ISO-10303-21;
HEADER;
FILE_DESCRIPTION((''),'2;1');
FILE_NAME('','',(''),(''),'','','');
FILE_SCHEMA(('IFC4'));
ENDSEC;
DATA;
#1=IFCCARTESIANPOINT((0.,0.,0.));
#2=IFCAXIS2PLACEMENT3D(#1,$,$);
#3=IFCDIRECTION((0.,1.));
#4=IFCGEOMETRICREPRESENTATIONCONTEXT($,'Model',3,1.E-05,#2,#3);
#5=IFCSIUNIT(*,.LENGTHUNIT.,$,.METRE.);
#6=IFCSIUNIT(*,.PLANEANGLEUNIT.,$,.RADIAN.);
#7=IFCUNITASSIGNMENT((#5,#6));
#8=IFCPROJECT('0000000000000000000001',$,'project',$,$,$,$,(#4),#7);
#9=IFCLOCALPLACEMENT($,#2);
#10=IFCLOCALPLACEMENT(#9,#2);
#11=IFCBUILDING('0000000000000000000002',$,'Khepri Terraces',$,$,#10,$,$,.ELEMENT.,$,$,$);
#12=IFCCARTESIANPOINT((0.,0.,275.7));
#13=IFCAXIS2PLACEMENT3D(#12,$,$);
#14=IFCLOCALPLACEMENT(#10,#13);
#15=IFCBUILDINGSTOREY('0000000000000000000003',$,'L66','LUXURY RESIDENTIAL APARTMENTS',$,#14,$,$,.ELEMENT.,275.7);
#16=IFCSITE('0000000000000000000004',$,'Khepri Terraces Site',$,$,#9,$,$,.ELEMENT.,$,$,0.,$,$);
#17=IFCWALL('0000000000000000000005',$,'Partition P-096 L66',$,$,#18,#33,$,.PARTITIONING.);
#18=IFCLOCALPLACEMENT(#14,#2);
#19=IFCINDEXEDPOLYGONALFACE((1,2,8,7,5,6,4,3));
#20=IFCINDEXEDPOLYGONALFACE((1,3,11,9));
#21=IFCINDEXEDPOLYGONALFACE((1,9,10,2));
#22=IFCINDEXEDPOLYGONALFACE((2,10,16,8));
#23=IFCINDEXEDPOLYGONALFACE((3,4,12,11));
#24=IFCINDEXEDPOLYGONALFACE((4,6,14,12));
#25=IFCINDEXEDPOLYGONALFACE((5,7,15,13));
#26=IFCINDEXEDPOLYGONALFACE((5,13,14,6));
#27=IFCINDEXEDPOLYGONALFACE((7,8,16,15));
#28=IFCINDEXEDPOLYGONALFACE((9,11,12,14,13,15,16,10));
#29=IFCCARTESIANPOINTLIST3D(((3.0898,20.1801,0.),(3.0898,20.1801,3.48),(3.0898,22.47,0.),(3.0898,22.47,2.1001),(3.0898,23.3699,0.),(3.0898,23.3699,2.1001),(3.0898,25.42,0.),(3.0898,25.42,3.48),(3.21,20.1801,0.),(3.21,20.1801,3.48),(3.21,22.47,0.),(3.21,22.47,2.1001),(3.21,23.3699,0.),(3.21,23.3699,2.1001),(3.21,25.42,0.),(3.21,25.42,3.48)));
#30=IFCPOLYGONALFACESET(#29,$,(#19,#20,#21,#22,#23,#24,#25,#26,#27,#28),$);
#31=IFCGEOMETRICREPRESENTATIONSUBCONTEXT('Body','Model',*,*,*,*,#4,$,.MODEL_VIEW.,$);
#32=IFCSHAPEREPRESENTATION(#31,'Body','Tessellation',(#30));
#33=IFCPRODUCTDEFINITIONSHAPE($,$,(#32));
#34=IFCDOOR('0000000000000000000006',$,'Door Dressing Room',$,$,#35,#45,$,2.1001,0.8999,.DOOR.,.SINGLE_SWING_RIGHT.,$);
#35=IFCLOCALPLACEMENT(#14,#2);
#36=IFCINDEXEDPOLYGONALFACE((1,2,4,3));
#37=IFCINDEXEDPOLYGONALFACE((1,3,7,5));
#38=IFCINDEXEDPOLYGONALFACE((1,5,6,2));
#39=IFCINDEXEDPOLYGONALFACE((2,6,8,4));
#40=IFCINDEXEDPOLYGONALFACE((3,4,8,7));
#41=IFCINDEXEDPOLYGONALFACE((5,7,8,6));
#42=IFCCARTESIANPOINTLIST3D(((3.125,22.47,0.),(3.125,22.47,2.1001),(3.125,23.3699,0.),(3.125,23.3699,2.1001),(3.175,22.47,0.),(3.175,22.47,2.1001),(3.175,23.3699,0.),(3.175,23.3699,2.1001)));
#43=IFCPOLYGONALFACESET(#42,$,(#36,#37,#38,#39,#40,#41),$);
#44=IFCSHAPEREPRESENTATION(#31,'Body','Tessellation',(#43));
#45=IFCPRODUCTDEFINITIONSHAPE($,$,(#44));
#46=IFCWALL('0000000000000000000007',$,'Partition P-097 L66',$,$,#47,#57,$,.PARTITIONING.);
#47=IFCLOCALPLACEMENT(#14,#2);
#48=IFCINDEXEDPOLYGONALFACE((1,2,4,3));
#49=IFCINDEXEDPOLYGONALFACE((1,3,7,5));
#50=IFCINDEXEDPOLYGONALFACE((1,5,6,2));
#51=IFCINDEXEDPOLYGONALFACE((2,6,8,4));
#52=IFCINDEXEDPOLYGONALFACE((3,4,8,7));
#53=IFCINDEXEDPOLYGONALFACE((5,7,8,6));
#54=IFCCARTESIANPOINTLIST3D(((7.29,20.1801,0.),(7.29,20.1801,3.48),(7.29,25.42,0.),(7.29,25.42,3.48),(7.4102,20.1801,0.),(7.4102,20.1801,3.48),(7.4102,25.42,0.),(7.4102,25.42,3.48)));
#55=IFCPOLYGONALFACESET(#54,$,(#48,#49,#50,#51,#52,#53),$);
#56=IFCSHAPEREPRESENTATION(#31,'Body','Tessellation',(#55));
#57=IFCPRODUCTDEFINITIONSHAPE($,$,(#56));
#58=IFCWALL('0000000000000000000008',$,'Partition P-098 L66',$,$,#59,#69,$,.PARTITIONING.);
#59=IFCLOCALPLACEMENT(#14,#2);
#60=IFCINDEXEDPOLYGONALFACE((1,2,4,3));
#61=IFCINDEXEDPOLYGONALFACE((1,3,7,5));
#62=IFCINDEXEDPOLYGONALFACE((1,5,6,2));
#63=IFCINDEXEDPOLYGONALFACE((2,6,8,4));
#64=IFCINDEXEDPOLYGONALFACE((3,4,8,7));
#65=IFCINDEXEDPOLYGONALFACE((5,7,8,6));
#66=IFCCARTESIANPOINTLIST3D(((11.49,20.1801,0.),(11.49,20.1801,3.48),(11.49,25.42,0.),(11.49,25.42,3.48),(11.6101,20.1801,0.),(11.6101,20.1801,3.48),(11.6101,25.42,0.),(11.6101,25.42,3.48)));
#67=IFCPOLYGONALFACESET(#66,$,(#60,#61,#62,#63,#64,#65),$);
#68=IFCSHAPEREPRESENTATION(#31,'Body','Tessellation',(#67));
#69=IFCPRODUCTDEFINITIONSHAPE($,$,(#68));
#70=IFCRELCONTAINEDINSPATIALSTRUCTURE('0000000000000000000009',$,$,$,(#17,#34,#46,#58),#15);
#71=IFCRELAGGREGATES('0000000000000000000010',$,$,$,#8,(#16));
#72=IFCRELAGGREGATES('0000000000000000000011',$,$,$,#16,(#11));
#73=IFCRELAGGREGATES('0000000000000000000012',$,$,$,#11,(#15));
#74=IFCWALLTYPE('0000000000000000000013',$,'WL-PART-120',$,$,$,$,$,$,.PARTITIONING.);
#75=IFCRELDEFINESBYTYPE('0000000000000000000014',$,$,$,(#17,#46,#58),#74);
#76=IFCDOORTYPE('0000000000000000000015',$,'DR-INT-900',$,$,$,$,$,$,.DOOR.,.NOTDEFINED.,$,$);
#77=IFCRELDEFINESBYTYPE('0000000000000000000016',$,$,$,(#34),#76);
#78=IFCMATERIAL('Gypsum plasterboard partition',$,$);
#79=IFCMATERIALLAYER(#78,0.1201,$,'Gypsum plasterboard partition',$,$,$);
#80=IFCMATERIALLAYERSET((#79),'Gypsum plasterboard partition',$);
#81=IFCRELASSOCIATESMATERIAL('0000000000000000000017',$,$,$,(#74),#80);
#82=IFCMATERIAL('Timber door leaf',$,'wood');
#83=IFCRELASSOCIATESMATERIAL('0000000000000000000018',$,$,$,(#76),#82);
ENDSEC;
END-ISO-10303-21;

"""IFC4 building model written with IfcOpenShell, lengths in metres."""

from ifc_helpers import new_model, si_unit, direction, frame, frame_2d, origin, place, context, subcontext, project, spatial, rectangle, extrude, material, layer, layer_set, type_object, element, fill, save


model = new_model("IFC4")

# Units and contexts
model_context = context("Model", 3, precision=1e-05, world=origin(), true_north=direction((0.0, 1.0)))
body_context = subcontext(model_context, "Body", "Model", "MODEL_VIEW")
ifc_project = project(units=[si_unit("LENGTHUNIT", "METRE"), si_unit("PLANEANGLEUNIT", "RADIAN")], contexts=[model_context])

# Site, building, storey
site_placement = place(None, origin())
site = spatial("IfcSite", under=ifc_project, at=site_placement, Name="Khepri Terraces Site", CompositionType="ELEMENT", RefElevation=0.0)
building_placement = place(site_placement, origin())
building = spatial("IfcBuilding", under=site, at=building_placement, Name="Khepri Terraces", CompositionType="ELEMENT")
storey_placement = place(building_placement, frame((0.0, 0.0, 275.7)))
storey = spatial("IfcBuildingStorey", under=building, at=storey_placement, Name="L66", Description="LUXURY RESIDENTIAL APARTMENTS", CompositionType="ELEMENT", Elevation=275.7)

# Shared definitions
ifc_material_1 = material(Name="Gypsum plasterboard partition")
ifc_layer_1 = layer(ifc_material_1, 0.1201, Name="Gypsum plasterboard partition")
ifc_layer_set_1 = layer_set([ifc_layer_1], Name="Gypsum plasterboard partition")
wall_type_1 = type_object("IfcWallType", Name="WL-PART-120", PredefinedType="PARTITIONING", material=ifc_layer_set_1)

# Wall, opening, door
ifc_material_2 = material(Name="Timber door leaf", Category="wood")
door_type_1 = type_object("IfcDoorType", Name="DR-INT-900", OperationType="NOTDEFINED", PredefinedType="DOOR", material=ifc_material_2)
wall_1_placement = place(storey_placement, frame((3.1499, 20.1799, 0.0), z_axis=(0.0, 0.0, 1.0), x_axis=(0.0, 1.0, 0.0)))
wall_1 = element("IfcWall", 1, at=wall_1_placement, inside=storey, type_object=wall_type_1, Name="Partition P-096 L66", PredefinedType="PARTITIONING", context=body_context, shape_type="SweptSolid", body=[
    extrude(rectangle(XDim=5.24, YDim=0.1201, at=frame_2d((2.6201, 0.0))), origin(), (0.0, 0.0, 1.0), 3.48),
])
opening_1_placement = place(wall_1_placement, frame((2.29, 0.0, 0.0)))
opening_1 = element("IfcOpeningElement", 2, at=opening_1_placement, cuts=wall_1, PredefinedType="OPENING", context=body_context, shape_type="SweptSolid", body=[
    extrude(rectangle(XDim=0.8999, YDim=2.1001, at=frame_2d((0.45, 1.05))), frame((0.0, 0.0701, 0.0), z_axis=(0.0, -1.0, 0.0), x_axis=(1.0, 0.0, 0.0)), (0.0, 0.0, 1.0), 0.1401),
])
door_1_placement = place(opening_1_placement, origin())
door_1 = element("IfcDoor", 3, at=door_1_placement, inside=storey, type_object=door_type_1, Name="Door Dressing Room", OperationType="SINGLE_SWING_RIGHT", OverallHeight=2.1001, OverallWidth=0.8999, PredefinedType="DOOR", context=body_context, shape_type="SweptSolid", body=[
    extrude(rectangle(XDim=0.8999, YDim=2.1001, at=frame_2d((0.45, 1.05))), frame((0.0, 0.0249, 0.0), z_axis=(0.0, -1.0, 0.0), x_axis=(1.0, 0.0, 0.0)), (0.0, 0.0, 1.0), 0.05),
])
fill(opening_1, door_1)

# Walls
for number, where, z_axis, x_axis, name in (
    (4, (7.3501, 20.1799, 0.0), (0.0, 0.0, 1.0), (0.0, 1.0, 0.0), "Partition P-097 L66"),
    (5, (11.55, 20.1799, 0.0), (0.0, 0.0, 1.0), (0.0, 1.0, 0.0), "Partition P-098 L66"),
):
    element("IfcWall", number, at=place(storey_placement, frame(where, z_axis=z_axis, x_axis=x_axis)), inside=storey, type_object=wall_type_1, Name=name, PredefinedType="PARTITIONING", context=body_context, shape_type="SweptSolid", body=[
        extrude(rectangle(XDim=5.24, YDim=0.1201, at=frame_2d((2.6201, 0.0))), origin(), (0.0, 0.0, 1.0), 3.48),
    ])

save(model, "model.ifc")
